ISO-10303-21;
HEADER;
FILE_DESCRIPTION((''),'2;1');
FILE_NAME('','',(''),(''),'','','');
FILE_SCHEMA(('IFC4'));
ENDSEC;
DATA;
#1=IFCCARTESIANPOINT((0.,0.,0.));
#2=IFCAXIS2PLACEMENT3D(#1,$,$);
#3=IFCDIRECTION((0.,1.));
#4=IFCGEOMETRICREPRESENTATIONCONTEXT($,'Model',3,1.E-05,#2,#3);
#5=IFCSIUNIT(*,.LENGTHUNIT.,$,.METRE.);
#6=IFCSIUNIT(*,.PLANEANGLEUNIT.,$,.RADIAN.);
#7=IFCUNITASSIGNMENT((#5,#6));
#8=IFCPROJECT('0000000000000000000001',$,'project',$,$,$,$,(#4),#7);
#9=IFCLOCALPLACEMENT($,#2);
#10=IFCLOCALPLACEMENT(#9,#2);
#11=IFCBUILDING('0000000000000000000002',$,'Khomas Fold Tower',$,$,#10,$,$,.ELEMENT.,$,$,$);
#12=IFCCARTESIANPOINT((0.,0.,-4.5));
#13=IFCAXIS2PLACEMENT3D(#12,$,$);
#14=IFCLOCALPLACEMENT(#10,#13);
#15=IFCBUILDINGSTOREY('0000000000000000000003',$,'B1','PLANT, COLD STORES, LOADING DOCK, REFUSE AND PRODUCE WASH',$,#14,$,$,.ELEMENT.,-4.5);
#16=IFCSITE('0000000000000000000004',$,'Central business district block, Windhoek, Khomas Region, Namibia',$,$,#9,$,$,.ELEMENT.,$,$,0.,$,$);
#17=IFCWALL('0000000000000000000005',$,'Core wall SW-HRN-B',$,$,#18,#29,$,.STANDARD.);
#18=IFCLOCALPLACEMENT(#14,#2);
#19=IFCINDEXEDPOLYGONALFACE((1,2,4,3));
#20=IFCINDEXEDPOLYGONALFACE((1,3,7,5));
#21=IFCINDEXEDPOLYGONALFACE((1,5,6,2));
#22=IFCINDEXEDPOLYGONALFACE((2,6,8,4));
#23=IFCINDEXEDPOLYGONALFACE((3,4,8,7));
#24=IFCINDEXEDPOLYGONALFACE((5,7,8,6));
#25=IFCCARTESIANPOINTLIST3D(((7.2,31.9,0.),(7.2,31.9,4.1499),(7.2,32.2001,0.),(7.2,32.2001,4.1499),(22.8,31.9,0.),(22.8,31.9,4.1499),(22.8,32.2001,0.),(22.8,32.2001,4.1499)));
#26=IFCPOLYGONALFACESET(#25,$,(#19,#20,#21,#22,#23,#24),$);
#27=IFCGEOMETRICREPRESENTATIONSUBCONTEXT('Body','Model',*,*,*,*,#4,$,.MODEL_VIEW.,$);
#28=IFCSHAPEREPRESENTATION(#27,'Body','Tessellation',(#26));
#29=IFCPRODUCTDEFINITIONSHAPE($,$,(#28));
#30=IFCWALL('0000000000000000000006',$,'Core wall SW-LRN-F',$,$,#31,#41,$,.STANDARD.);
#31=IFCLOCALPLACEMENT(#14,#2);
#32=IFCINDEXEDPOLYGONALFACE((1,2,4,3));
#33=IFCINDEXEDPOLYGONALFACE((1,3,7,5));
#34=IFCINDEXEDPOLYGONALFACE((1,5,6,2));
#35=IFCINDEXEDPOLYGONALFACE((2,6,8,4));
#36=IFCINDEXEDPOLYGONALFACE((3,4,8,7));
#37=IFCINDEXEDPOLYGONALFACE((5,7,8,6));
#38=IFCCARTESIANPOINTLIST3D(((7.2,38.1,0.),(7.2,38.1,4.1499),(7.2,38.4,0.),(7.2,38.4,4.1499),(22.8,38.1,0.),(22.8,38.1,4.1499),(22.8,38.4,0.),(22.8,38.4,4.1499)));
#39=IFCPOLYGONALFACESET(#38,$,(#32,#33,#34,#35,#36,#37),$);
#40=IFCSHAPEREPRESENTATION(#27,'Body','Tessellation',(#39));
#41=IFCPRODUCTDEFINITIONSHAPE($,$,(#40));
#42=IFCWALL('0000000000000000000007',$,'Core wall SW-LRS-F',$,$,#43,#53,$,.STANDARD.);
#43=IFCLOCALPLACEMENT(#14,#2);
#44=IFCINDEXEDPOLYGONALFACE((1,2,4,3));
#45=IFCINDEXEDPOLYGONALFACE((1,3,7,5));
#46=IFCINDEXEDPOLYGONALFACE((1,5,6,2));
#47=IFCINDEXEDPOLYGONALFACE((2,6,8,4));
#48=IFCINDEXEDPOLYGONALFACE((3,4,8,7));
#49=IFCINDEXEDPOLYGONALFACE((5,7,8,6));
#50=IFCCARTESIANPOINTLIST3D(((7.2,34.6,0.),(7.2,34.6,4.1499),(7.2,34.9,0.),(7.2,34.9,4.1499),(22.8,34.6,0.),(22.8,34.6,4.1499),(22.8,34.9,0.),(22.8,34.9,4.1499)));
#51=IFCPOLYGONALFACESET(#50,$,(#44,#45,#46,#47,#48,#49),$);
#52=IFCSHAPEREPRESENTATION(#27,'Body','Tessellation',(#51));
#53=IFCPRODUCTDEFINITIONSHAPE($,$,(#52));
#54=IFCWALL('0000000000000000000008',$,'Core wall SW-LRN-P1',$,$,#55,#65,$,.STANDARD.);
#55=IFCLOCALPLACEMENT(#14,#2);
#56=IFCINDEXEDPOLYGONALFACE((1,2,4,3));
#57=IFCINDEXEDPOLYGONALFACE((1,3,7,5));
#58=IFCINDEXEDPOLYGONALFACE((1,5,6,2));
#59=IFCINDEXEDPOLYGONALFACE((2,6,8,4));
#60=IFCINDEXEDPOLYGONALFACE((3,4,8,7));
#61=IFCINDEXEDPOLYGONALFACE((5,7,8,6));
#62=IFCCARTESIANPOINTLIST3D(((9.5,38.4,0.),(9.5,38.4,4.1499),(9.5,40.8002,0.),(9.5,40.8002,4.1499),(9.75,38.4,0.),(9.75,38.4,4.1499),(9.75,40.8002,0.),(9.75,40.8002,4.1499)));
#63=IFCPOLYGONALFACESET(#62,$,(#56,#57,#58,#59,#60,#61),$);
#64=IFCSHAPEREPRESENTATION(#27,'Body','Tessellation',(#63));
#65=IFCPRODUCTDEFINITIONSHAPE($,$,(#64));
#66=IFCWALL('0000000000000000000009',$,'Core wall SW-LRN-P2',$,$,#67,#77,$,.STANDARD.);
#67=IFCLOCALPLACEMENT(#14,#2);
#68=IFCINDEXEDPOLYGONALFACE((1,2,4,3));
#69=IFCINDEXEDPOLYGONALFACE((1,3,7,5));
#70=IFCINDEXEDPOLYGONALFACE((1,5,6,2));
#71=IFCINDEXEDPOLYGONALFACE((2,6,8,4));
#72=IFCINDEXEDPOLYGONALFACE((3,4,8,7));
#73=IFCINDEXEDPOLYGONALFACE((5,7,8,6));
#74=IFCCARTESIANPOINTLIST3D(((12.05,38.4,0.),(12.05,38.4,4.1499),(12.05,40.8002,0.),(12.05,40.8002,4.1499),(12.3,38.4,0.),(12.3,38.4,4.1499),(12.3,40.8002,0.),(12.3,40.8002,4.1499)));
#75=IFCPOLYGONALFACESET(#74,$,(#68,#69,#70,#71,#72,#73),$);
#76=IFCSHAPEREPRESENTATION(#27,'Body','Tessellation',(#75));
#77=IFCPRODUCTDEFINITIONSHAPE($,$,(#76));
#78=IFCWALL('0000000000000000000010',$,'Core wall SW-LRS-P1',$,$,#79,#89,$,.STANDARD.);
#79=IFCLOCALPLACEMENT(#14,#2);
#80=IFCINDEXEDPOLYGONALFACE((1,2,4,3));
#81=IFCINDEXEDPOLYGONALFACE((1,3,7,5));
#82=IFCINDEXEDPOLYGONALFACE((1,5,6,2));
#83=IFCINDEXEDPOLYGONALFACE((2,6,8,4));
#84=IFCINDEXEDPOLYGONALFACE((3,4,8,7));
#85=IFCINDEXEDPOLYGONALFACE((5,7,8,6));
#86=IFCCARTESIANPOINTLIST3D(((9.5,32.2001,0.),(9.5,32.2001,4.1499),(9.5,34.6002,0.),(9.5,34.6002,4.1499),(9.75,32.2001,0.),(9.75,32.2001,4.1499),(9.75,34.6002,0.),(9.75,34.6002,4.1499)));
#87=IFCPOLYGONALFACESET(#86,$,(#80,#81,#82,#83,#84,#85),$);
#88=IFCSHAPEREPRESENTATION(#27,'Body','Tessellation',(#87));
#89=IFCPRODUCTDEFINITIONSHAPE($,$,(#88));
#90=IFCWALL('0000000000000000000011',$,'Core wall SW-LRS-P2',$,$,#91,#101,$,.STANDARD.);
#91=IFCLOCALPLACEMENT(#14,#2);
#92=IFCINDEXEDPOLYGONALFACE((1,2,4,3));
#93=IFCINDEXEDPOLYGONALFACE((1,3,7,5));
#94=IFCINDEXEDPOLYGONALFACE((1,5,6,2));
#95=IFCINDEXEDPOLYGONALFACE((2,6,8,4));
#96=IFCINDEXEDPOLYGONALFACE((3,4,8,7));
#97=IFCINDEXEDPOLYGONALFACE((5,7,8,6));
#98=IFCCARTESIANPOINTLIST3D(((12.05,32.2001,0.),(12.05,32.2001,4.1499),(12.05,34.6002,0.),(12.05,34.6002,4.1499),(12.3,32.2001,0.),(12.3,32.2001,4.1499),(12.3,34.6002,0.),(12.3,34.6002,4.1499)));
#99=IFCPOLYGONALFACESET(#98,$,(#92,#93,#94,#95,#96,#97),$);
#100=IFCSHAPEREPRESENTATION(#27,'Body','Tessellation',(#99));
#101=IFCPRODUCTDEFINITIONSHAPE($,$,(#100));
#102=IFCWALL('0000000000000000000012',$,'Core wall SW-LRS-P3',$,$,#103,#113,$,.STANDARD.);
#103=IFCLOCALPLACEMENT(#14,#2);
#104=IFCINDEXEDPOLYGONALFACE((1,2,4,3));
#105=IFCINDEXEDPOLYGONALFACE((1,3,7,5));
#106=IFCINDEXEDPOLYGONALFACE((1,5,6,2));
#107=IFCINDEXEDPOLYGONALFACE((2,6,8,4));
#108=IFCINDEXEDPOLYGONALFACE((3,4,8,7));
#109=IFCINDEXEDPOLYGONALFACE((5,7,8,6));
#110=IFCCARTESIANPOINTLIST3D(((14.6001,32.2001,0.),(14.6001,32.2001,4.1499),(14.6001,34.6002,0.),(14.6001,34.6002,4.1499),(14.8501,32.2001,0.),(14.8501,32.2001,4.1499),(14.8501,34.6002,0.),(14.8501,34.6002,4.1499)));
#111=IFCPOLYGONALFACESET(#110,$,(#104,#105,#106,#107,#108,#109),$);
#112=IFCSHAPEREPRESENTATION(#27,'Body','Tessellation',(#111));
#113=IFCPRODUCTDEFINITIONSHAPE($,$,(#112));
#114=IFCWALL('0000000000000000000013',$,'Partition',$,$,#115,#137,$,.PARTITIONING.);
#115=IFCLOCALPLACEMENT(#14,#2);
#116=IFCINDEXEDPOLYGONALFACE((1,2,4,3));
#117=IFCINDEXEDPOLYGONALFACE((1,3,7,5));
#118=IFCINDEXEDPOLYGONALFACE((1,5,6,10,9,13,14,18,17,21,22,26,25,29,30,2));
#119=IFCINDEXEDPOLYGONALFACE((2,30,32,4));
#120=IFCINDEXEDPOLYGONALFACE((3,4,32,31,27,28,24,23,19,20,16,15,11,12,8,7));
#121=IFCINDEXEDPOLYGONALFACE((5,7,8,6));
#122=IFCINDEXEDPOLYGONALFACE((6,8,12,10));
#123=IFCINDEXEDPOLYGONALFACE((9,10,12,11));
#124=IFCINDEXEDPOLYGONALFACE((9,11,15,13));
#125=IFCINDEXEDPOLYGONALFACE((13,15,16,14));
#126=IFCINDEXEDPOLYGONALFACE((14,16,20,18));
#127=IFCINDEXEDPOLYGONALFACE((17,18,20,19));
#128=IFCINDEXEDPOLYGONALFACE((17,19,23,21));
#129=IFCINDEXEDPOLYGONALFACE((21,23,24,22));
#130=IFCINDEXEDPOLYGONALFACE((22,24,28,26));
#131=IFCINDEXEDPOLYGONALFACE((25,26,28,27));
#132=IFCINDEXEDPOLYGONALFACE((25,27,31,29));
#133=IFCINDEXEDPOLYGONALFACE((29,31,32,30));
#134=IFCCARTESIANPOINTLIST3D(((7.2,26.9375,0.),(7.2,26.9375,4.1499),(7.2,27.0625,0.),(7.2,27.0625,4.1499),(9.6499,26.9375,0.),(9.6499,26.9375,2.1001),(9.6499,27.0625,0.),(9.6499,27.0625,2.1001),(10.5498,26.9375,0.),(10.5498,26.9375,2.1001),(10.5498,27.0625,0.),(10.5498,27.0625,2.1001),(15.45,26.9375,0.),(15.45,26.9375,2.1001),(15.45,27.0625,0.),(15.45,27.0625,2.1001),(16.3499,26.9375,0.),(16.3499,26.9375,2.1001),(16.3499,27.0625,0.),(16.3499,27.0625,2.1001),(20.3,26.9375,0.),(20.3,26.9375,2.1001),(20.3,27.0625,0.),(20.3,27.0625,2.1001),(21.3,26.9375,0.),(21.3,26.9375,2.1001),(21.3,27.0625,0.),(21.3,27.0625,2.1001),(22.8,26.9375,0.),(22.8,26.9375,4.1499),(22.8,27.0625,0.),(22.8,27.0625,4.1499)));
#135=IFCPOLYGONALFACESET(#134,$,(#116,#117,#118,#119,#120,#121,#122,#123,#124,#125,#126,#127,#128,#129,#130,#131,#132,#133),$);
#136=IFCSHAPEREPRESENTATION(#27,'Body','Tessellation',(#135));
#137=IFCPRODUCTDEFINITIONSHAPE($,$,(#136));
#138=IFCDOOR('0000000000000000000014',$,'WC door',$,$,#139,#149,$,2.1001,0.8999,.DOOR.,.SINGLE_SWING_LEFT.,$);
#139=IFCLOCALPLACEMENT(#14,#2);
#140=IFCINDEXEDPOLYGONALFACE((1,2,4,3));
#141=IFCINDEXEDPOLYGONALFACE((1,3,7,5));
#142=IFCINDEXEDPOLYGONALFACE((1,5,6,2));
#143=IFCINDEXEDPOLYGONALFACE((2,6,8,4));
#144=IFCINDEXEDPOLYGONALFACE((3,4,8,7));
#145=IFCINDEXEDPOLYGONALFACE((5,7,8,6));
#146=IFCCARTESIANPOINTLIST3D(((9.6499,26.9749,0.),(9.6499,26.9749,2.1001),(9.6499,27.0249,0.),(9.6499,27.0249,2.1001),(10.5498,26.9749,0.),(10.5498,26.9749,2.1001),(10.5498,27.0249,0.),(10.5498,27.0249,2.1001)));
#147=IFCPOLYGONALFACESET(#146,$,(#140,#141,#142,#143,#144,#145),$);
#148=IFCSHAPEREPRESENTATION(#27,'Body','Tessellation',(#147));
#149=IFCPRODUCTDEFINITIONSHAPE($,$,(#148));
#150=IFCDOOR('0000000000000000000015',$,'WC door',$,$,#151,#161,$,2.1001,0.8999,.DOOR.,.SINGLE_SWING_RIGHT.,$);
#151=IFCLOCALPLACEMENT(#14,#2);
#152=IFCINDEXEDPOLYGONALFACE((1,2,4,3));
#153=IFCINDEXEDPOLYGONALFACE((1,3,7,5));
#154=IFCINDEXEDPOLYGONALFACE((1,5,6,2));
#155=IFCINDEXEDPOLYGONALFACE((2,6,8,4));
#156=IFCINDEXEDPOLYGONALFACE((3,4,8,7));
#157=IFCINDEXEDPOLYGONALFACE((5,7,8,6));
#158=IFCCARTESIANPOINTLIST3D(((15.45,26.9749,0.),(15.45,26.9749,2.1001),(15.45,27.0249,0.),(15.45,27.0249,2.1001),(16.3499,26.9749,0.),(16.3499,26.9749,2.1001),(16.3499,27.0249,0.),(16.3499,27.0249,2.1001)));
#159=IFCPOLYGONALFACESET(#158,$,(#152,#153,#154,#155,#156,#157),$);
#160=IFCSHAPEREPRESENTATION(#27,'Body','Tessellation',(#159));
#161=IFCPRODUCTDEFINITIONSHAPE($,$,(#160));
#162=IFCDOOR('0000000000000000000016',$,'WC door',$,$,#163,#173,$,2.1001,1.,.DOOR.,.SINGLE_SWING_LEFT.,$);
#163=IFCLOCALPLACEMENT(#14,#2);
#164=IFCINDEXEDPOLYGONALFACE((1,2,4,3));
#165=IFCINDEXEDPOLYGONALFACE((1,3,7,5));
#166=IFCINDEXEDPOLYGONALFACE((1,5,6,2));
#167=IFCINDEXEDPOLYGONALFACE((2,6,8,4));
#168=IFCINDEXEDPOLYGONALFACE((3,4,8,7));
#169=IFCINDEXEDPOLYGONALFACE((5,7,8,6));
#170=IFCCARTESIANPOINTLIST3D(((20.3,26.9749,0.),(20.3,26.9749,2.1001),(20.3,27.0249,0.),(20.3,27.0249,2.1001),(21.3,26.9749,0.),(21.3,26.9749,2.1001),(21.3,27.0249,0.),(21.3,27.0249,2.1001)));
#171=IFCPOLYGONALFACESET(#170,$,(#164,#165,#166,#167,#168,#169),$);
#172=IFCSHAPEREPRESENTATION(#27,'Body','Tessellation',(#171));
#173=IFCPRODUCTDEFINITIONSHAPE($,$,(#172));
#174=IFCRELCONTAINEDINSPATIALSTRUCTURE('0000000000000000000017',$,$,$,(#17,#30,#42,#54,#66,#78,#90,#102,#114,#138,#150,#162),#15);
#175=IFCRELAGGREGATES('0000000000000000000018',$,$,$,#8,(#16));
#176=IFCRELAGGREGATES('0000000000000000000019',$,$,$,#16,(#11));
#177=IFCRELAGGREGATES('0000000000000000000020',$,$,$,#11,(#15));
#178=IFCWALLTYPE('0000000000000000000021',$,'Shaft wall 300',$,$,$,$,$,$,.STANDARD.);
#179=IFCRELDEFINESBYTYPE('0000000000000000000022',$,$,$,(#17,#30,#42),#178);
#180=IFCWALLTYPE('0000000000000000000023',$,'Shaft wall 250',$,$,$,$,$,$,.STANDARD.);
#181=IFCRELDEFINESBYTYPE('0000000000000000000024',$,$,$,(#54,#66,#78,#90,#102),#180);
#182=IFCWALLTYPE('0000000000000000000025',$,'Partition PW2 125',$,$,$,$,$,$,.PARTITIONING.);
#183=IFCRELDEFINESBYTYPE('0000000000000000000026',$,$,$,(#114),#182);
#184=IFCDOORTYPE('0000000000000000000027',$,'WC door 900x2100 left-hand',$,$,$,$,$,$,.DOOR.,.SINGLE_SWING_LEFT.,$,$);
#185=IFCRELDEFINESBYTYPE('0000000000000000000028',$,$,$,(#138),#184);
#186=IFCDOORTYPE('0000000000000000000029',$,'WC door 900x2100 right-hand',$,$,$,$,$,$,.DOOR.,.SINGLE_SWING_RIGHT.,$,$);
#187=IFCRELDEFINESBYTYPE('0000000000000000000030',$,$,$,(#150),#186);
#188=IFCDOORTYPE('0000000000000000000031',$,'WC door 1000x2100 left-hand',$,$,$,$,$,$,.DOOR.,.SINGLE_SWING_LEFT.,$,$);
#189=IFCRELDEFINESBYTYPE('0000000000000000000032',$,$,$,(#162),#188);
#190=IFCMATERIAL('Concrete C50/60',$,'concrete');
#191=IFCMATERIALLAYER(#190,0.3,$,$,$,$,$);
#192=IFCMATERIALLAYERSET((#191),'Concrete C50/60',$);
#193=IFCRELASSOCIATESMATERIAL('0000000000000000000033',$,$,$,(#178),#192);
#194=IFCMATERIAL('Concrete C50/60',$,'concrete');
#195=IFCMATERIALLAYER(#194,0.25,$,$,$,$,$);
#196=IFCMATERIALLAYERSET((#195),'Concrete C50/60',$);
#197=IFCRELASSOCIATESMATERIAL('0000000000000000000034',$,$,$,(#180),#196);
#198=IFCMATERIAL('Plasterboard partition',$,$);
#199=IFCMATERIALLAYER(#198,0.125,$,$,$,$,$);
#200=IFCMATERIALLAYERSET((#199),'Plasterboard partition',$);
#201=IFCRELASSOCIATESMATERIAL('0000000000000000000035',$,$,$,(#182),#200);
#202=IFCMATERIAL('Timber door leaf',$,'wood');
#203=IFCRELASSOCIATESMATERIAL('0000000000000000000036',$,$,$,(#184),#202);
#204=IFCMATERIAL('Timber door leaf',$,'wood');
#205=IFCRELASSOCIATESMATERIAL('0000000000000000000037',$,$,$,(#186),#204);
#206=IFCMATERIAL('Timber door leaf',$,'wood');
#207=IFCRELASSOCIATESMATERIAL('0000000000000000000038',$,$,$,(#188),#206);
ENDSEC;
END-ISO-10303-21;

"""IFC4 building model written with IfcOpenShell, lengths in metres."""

from ifc_helpers import new_model, si_unit, direction, frame, frame_2d, origin, place, context, subcontext, project, spatial, rectangle, extrude, source, transform, mapped, material, layer, layer_set, type_object, element, fill, save


model = new_model("IFC4")

# Units and contexts
model_context = context("Model", 3, precision=1e-05, world=origin(), true_north=direction((0.0, 1.0)))
body_context = subcontext(model_context, "Body", "Model", "MODEL_VIEW")
ifc_project = project(units=[si_unit("LENGTHUNIT", "METRE"), si_unit("PLANEANGLEUNIT", "RADIAN")], contexts=[model_context])

# Site, building, storey
site_placement = place(None, origin())
site = spatial("IfcSite", under=ifc_project, at=site_placement, Name="Central business district block, Windhoek, Khomas Region, Namibia", CompositionType="ELEMENT", RefElevation=0.0)
building_placement = place(site_placement, origin())
building = spatial("IfcBuilding", under=site, at=building_placement, Name="Khomas Fold Tower", CompositionType="ELEMENT")
storey_placement = place(building_placement, frame((0.0, 0.0, -4.5)))
storey = spatial("IfcBuildingStorey", under=building, at=storey_placement, Name="B1", Description="PLANT, COLD STORES, LOADING DOCK, REFUSE AND PRODUCE WASH", CompositionType="ELEMENT", Elevation=-4.5)

# Walls
ifc_material_1 = material(Name="Concrete C50/60", Category="concrete")
ifc_layer_1 = layer(ifc_material_1, 0.3)
ifc_layer_set_1 = layer_set([ifc_layer_1], Name="Concrete C50/60")
wall_type_1 = type_object("IfcWallType", Name="Shaft wall 300", PredefinedType="STANDARD", material=ifc_layer_set_1)
shared_shape_1 = source(origin(), body_context, "Body", "SweptSolid", [
    extrude(rectangle(XDim=15.6001, YDim=0.3, at=frame_2d((7.8, 0.0))), origin(), (0.0, 0.0, 1.0), 4.1499),
])
for number, where, z_axis, x_axis, name in (
    (1, (7.2, 32.05, 0.0), (0.0, 0.0, 1.0), (1.0, 0.0, 0.0), "Core wall SW-HRN-B"),
    (2, (7.2, 38.25, 0.0), (0.0, 0.0, 1.0), (1.0, 0.0, 0.0), "Core wall SW-LRN-F"),
    (3, (7.2, 34.75, 0.0), (0.0, 0.0, 1.0), (1.0, 0.0, 0.0), "Core wall SW-LRS-F"),
):
    element("IfcWall", number, at=place(storey_placement, frame(where, z_axis=z_axis, x_axis=x_axis)), inside=storey, type_object=wall_type_1, Name=name, PredefinedType="STANDARD", context=body_context, shape_type="MappedRepresentation", body=[
        mapped(shared_shape_1, transform((0.0, 0.0, 0.0))),
    ])
ifc_material_2 = material(Name="Concrete C50/60", Category="concrete")
ifc_layer_2 = layer(ifc_material_2, 0.25)
ifc_layer_set_2 = layer_set([ifc_layer_2], Name="Concrete C50/60")
wall_type_2 = type_object("IfcWallType", Name="Shaft wall 250", PredefinedType="STANDARD", material=ifc_layer_set_2)
shared_shape_2 = source(origin(), body_context, "Body", "SweptSolid", [
    extrude(rectangle(XDim=2.4001, YDim=0.25, at=frame_2d((1.2002, 0.0))), origin(), (0.0, 0.0, 1.0), 4.1499),
])
for number, where, z_axis, x_axis, name in (
    (4, (9.625, 38.3999, 0.0), (0.0, 0.0, 1.0), (0.0, 1.0, 0.0), "Core wall SW-LRN-P1"),
    (5, (12.175, 38.3999, 0.0), (0.0, 0.0, 1.0), (0.0, 1.0, 0.0), "Core wall SW-LRN-P2"),
    (6, (9.625, 32.2, 0.0), (0.0, 0.0, 1.0), (0.0, 1.0, 0.0), "Core wall SW-LRS-P1"),
    (7, (12.175, 32.2, 0.0), (0.0, 0.0, 1.0), (0.0, 1.0, 0.0), "Core wall SW-LRS-P2"),
    (8, (14.7251, 32.2, 0.0), (0.0, 0.0, 1.0), (0.0, 1.0, 0.0), "Core wall SW-LRS-P3"),
):
    element("IfcWall", number, at=place(storey_placement, frame(where, z_axis=z_axis, x_axis=x_axis)), inside=storey, type_object=wall_type_2, Name=name, PredefinedType="STANDARD", context=body_context, shape_type="MappedRepresentation", body=[
        mapped(shared_shape_2, transform((0.0, 0.0, 0.0))),
    ])

# Wall, openings, doors
ifc_material_3 = material(Name="Plasterboard partition")
ifc_layer_3 = layer(ifc_material_3, 0.125)
ifc_layer_set_3 = layer_set([ifc_layer_3], Name="Plasterboard partition")
wall_type_3 = type_object("IfcWallType", Name="Partition PW2 125", PredefinedType="PARTITIONING", material=ifc_layer_set_3)
shared_shape_3 = source(origin(), body_context, "Body", "SweptSolid", [
    extrude(rectangle(XDim=15.6001, YDim=0.125, at=frame_2d((7.8, 0.0))), origin(), (0.0, 0.0, 1.0), 4.1499),
])
wall_1_placement = place(storey_placement, frame((7.2, 27.0, 0.0), z_axis=(0.0, 0.0, 1.0), x_axis=(1.0, 0.0, 0.0)))
wall_1 = element("IfcWall", 9, at=wall_1_placement, inside=storey, type_object=wall_type_3, Name="Partition", PredefinedType="PARTITIONING", context=body_context, shape_type="MappedRepresentation", body=[
    mapped(shared_shape_3, transform((0.0, 0.0, 0.0))),
])
shared_shape_4 = source(origin(), body_context, "Body", "SweptSolid", [
    extrude(rectangle(XDim=0.8999, YDim=2.1001, at=frame_2d((0.45, 1.05))), frame((0.0, 0.0725, 0.0), z_axis=(0.0, -1.0, 0.0), x_axis=(1.0, 0.0, 0.0)), (0.0, 0.0, 1.0), 0.145),
])
opening_1_placement = place(wall_1_placement, frame((2.45, 0.0, 0.0)))
opening_1 = element("IfcOpeningElement", 10, at=opening_1_placement, cuts=wall_1, PredefinedType="OPENING", context=body_context, shape_type="MappedRepresentation", body=[
    mapped(shared_shape_4, transform((0.0, 0.0, 0.0))),
])
opening_2_placement = place(wall_1_placement, frame((8.25, 0.0, 0.0)))
opening_2 = element("IfcOpeningElement", 11, at=opening_2_placement, cuts=wall_1, PredefinedType="OPENING", context=body_context, shape_type="MappedRepresentation", body=[
    mapped(shared_shape_4, transform((0.0, 0.0, 0.0))),
])
shared_shape_5 = source(origin(), body_context, "Body", "SweptSolid", [
    extrude(rectangle(XDim=1.0, YDim=2.1001, at=frame_2d((0.5, 1.05))), frame((0.0, 0.0725, 0.0), z_axis=(0.0, -1.0, 0.0), x_axis=(1.0, 0.0, 0.0)), (0.0, 0.0, 1.0), 0.145),
])
opening_3_placement = place(wall_1_placement, frame((13.1001, 0.0, 0.0)))
opening_3 = element("IfcOpeningElement", 12, at=opening_3_placement, cuts=wall_1, PredefinedType="OPENING", context=body_context, shape_type="MappedRepresentation", body=[
    mapped(shared_shape_5, transform((0.0, 0.0, 0.0))),
])
ifc_material_4 = material(Name="Timber door leaf", Category="wood")
door_type_1 = type_object("IfcDoorType", Name="WC door 900x2100 left-hand", OperationType="SINGLE_SWING_LEFT", PredefinedType="DOOR", material=ifc_material_4)
shared_shape_6 = source(origin(), body_context, "Body", "SweptSolid", [
    extrude(rectangle(XDim=0.8999, YDim=2.1001, at=frame_2d((0.45, 1.05))), frame((0.0, 0.0249, 0.0), z_axis=(0.0, -1.0, 0.0), x_axis=(1.0, 0.0, 0.0)), (0.0, 0.0, 1.0), 0.05),
])
door_1_placement = place(opening_1_placement, origin())
door_1 = element("IfcDoor", 13, at=door_1_placement, inside=storey, type_object=door_type_1, Name="WC door", OperationType="SINGLE_SWING_LEFT", OverallHeight=2.1001, OverallWidth=0.8999, PredefinedType="DOOR", context=body_context, shape_type="MappedRepresentation", body=[
    mapped(shared_shape_6, transform((0.0, 0.0, 0.0))),
])
fill(opening_1, door_1)
ifc_material_5 = material(Name="Timber door leaf", Category="wood")
door_type_2 = type_object("IfcDoorType", Name="WC door 900x2100 right-hand", OperationType="SINGLE_SWING_RIGHT", PredefinedType="DOOR", material=ifc_material_5)
door_2_placement = place(opening_2_placement, origin())
door_2 = element("IfcDoor", 14, at=door_2_placement, inside=storey, type_object=door_type_2, Name="WC door", OperationType="SINGLE_SWING_RIGHT", OverallHeight=2.1001, OverallWidth=0.8999, PredefinedType="DOOR", context=body_context, shape_type="MappedRepresentation", body=[
    mapped(shared_shape_6, transform((0.0, 0.0, 0.0))),
])
fill(opening_2, door_2)
ifc_material_6 = material(Name="Timber door leaf", Category="wood")
door_type_3 = type_object("IfcDoorType", Name="WC door 1000x2100 left-hand", OperationType="SINGLE_SWING_LEFT", PredefinedType="DOOR", material=ifc_material_6)
shared_shape_7 = source(origin(), body_context, "Body", "SweptSolid", [
    extrude(rectangle(XDim=1.0, YDim=2.1001, at=frame_2d((0.5, 1.05))), frame((0.0, 0.0249, 0.0), z_axis=(0.0, -1.0, 0.0), x_axis=(1.0, 0.0, 0.0)), (0.0, 0.0, 1.0), 0.05),
])
door_3_placement = place(opening_3_placement, origin())
door_3 = element("IfcDoor", 15, at=door_3_placement, inside=storey, type_object=door_type_3, Name="WC door", OperationType="SINGLE_SWING_LEFT", OverallHeight=2.1001, OverallWidth=1.0, PredefinedType="DOOR", context=body_context, shape_type="MappedRepresentation", body=[
    mapped(shared_shape_7, transform((0.0, 0.0, 0.0))),
])
fill(opening_3, door_3)

save(model, "model.ifc")
